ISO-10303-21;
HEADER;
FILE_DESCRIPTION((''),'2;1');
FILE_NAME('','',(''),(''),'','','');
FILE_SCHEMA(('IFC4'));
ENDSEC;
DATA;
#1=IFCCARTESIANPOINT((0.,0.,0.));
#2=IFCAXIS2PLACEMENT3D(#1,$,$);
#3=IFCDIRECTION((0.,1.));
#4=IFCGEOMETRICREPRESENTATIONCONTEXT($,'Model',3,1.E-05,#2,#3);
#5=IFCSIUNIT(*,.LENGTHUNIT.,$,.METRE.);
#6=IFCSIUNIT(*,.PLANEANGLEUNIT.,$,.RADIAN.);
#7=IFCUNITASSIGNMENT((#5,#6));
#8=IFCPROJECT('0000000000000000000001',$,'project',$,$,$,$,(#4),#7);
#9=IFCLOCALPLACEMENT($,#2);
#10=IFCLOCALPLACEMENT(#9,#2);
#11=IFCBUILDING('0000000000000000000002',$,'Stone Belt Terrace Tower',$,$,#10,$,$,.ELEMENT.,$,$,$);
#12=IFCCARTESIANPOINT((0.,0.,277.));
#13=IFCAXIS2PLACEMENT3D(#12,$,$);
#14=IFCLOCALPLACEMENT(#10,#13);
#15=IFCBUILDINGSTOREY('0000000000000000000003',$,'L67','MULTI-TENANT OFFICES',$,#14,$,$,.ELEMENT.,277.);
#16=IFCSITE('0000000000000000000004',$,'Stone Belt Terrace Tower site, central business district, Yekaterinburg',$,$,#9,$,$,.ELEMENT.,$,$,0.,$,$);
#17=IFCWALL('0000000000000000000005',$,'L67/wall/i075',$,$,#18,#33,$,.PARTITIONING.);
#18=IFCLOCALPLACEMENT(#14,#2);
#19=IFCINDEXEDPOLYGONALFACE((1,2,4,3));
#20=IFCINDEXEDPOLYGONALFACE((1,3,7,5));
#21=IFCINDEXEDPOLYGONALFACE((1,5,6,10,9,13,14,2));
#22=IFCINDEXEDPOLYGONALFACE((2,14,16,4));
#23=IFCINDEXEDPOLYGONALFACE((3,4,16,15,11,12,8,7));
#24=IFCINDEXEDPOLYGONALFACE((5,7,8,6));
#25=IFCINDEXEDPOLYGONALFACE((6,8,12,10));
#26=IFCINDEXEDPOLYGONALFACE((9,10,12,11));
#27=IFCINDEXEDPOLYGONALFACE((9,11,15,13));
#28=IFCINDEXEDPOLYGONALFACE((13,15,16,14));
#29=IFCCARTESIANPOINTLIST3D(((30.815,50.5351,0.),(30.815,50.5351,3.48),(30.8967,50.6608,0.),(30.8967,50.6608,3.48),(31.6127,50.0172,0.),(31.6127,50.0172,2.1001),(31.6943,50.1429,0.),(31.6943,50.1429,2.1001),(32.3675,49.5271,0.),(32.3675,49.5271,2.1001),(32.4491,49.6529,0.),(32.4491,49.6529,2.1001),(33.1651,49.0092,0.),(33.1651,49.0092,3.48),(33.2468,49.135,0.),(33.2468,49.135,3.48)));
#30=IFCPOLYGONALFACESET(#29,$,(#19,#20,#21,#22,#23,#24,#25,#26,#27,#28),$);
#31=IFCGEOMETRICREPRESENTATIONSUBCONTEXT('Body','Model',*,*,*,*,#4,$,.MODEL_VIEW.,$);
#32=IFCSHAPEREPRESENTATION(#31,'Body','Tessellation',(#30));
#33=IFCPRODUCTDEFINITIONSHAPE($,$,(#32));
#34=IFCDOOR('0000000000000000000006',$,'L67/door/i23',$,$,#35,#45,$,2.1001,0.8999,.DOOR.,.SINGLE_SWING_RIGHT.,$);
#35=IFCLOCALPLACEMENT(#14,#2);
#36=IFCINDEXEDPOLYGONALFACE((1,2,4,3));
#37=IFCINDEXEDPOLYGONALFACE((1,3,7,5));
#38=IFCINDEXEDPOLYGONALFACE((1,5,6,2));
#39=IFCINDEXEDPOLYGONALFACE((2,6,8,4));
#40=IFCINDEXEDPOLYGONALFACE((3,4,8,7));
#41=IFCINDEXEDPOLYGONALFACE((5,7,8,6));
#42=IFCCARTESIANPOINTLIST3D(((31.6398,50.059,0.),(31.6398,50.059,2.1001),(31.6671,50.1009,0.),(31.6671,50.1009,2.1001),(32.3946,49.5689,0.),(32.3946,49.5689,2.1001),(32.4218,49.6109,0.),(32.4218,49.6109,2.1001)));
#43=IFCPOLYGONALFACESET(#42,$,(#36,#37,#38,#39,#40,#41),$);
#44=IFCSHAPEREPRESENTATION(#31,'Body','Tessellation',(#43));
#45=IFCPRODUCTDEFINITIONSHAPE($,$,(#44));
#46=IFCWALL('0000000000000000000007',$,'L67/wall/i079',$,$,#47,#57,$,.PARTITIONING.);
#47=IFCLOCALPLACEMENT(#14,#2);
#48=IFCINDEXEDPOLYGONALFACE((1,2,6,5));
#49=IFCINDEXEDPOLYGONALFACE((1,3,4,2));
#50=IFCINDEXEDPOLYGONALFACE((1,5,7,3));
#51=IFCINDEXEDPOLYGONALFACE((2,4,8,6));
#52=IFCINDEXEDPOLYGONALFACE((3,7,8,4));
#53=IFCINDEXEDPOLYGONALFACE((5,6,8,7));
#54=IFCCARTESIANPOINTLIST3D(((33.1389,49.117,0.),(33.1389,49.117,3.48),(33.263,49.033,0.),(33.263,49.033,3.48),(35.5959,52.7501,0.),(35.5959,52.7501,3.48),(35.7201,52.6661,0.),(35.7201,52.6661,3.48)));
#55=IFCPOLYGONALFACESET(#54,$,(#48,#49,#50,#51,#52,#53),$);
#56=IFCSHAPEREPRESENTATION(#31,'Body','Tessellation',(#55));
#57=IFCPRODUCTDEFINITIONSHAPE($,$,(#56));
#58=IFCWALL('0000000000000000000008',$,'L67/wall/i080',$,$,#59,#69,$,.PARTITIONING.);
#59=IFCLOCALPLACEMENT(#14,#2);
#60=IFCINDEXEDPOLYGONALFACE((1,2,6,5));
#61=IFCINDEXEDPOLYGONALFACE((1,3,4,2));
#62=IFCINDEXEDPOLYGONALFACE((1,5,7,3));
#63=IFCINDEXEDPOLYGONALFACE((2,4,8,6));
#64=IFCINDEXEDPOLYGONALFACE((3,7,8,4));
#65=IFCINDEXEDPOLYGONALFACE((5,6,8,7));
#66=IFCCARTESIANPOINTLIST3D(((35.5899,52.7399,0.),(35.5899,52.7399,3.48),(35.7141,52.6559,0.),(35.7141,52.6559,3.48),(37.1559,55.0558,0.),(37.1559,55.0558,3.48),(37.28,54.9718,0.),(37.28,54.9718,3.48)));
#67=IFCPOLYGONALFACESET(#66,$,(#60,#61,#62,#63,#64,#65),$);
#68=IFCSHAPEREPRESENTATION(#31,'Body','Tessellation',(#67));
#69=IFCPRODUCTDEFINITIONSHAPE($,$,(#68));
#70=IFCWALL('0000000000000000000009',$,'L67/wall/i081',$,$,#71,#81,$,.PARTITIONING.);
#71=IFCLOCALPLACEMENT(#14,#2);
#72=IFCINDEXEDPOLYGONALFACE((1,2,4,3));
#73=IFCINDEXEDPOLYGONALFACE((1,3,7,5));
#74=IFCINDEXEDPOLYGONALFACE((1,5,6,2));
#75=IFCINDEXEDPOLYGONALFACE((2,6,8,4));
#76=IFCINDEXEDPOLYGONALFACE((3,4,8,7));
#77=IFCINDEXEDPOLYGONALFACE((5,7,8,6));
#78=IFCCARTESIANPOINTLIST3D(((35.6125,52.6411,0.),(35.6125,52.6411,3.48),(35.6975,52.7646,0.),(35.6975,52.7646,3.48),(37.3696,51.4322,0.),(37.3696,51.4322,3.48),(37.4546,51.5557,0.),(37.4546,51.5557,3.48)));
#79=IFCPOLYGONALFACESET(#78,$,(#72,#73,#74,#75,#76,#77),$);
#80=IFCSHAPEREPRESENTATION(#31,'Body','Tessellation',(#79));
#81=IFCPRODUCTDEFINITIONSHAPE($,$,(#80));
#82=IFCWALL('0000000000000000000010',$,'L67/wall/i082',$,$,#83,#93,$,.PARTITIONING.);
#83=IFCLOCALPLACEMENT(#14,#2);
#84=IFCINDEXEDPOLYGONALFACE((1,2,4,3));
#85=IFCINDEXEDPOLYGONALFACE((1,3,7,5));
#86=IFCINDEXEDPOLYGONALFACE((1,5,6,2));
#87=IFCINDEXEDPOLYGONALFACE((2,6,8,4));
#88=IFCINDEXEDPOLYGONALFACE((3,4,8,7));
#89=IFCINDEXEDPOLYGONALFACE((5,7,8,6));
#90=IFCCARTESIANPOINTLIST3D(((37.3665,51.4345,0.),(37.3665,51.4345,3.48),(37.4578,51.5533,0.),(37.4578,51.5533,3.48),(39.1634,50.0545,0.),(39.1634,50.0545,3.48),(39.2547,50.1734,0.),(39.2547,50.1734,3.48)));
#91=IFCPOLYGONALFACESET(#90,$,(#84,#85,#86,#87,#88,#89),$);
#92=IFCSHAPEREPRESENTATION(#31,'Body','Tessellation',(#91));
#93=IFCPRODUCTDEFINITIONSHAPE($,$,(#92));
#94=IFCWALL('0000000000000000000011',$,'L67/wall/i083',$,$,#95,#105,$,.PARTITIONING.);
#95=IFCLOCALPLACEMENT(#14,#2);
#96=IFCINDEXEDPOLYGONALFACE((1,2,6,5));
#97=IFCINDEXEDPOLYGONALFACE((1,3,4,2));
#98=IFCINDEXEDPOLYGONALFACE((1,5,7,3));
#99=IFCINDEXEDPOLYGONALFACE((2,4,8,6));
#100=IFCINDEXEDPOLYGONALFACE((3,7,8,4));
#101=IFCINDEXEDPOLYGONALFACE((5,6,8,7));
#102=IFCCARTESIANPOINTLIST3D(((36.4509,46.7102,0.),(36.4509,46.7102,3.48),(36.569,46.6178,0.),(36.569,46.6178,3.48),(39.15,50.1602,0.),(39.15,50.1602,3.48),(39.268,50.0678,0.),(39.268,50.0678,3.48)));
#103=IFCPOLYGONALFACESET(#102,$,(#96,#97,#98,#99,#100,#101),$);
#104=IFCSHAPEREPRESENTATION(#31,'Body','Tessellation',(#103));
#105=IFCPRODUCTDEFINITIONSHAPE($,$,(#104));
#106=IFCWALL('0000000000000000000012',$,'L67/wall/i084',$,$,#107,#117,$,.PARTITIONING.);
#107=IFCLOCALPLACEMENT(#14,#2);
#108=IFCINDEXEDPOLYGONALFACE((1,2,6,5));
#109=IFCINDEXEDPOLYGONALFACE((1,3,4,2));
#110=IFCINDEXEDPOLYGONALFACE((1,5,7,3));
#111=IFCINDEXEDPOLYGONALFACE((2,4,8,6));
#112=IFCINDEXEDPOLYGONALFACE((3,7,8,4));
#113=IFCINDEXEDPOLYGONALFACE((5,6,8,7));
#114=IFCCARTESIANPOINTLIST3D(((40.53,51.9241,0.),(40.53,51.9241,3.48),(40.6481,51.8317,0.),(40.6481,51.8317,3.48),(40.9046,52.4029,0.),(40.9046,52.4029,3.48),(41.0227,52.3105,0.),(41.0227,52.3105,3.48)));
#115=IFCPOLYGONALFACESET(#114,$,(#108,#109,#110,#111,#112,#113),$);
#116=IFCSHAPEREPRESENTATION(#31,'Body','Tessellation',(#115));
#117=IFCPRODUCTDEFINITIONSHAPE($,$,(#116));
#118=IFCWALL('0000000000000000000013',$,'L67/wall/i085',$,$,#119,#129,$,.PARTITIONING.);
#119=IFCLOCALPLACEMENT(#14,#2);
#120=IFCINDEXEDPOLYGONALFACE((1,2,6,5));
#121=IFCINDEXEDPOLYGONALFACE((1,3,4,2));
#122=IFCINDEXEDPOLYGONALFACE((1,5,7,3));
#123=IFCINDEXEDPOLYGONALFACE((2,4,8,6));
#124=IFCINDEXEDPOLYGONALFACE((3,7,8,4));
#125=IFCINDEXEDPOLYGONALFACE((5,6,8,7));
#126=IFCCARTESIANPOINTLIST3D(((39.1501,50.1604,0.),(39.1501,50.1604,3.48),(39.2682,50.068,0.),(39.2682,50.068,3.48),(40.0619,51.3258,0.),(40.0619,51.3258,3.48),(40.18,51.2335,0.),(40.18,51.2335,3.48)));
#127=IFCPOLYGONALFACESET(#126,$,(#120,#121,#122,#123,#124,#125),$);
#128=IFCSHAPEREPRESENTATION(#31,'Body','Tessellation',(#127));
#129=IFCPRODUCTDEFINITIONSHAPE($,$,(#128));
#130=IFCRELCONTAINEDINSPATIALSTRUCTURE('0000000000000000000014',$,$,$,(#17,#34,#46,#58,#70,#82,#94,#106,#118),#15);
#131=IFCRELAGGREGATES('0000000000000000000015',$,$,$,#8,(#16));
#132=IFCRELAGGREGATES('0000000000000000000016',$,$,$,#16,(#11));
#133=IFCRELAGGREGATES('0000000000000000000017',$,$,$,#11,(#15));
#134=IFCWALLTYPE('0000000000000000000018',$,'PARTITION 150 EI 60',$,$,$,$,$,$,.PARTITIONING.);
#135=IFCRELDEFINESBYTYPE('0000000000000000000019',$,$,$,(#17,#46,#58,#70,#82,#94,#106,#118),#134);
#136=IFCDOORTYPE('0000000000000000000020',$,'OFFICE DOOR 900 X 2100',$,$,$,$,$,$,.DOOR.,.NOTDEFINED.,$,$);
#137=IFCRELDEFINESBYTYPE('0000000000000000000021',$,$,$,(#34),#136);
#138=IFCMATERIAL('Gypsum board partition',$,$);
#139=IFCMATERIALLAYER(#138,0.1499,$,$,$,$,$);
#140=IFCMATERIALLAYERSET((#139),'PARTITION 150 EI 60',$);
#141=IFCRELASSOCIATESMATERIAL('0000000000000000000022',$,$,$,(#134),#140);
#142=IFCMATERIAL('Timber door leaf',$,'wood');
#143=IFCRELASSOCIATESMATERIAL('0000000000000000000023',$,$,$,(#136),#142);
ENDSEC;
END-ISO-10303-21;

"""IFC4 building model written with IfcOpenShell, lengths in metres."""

from ifc_helpers import new_model, si_unit, direction, frame, frame_2d, origin, place, context, subcontext, project, spatial, rectangle, extrude, material, layer, layer_set, type_object, element, fill, save


model = new_model("IFC4")

# Units and contexts
model_context = context("Model", 3, precision=1e-05, world=origin(), true_north=direction((0.0, 1.0)))
body_context = subcontext(model_context, "Body", "Model", "MODEL_VIEW")
ifc_project = project(units=[si_unit("LENGTHUNIT", "METRE"), si_unit("PLANEANGLEUNIT", "RADIAN")], contexts=[model_context])

# Site, building, storey
site_placement = place(None, origin())
site = spatial("IfcSite", under=ifc_project, at=site_placement, Name="Stone Belt Terrace Tower site, central business district, Yekaterinburg", CompositionType="ELEMENT", RefElevation=0.0)
building_placement = place(site_placement, origin())
building = spatial("IfcBuilding", under=site, at=building_placement, Name="Stone Belt Terrace Tower", CompositionType="ELEMENT")
storey_placement = place(building_placement, frame((0.0, 0.0, 277.0)))
storey = spatial("IfcBuildingStorey", under=building, at=storey_placement, Name="L67", Description="MULTI-TENANT OFFICES", CompositionType="ELEMENT", Elevation=277.0)

# Shared definitions
ifc_material_1 = material(Name="Gypsum board partition")
ifc_layer_1 = layer(ifc_material_1, 0.1499)
ifc_layer_set_1 = layer_set([ifc_layer_1], Name="PARTITION 150 EI 60")
wall_type = type_object("IfcWallType", Name="PARTITION 150 EI 60", PredefinedType="PARTITIONING", material=ifc_layer_set_1)

# Wall, opening, door
wall_1_placement = place(storey_placement, frame((30.856, 50.5979, 0.0), z_axis=(0.0, 0.0, 1.0), x_axis=(0.838718, -0.544566, 0.0)))
wall_1 = element("IfcWall", 1, at=wall_1_placement, inside=storey, type_object=wall_type, Name="L67/wall/i075", PredefinedType="PARTITIONING", context=body_context, shape_type="SweptSolid", body=[
    extrude(rectangle(XDim=2.802, YDim=0.1499, at=frame_2d((1.4009, 0.0))), origin(), (0.0, 0.0, 1.0), 3.48),
])
opening_placement = place(wall_1_placement, frame((0.9509, 0.0, 0.0)))
opening = element("IfcOpeningElement", 2, at=opening_placement, cuts=wall_1, PredefinedType="OPENING", context=body_context, shape_type="SweptSolid", body=[
    extrude(rectangle(XDim=0.8999, YDim=2.1001, at=frame_2d((0.45, 1.05))), frame((0.0, 0.085, 0.0), z_axis=(0.0, -1.0, 0.0), x_axis=(1.0, 0.0, 0.0)), (0.0, 0.0, 1.0), 0.1699),
])
ifc_material_2 = material(Name="Timber door leaf", Category="wood")
door_type = type_object("IfcDoorType", Name="OFFICE DOOR 900 X 2100", OperationType="NOTDEFINED", PredefinedType="DOOR", material=ifc_material_2)
door_placement = place(opening_placement, origin())
door = element("IfcDoor", 3, at=door_placement, inside=storey, type_object=door_type, Name="L67/door/i23", OperationType="SINGLE_SWING_RIGHT", OverallHeight=2.1001, OverallWidth=0.8999, PredefinedType="DOOR", context=body_context, shape_type="SweptSolid", body=[
    extrude(rectangle(XDim=0.8999, YDim=2.1001, at=frame_2d((0.45, 1.05))), frame((0.0, 0.0249, 0.0), z_axis=(0.0, -1.0, 0.0), x_axis=(1.0, 0.0, 0.0)), (0.0, 0.0, 1.0), 0.05),
])
fill(opening, door)

# Walls
wall_2_placement = place(storey_placement, frame((35.658, 52.708, 0.0), z_axis=(0.0, 0.0, 1.0), x_axis=(-0.560212, -0.82835, 0.0)))
element("IfcWall", 4, at=wall_2_placement, inside=storey, type_object=wall_type, Name="L67/wall/i079", PredefinedType="PARTITIONING", context=body_context, shape_type="SweptSolid", body=[
    extrude(rectangle(XDim=4.386, YDim=0.1499, at=frame_2d((2.1929, 0.0))), origin(), (0.0, 0.0, 1.0), 3.48),
])
wall_3_placement = place(storey_placement, frame((37.218, 55.0139, 0.0), z_axis=(0.0, 0.0, 1.0), x_axis=(-0.56013, -0.828405, 0.0)))
element("IfcWall", 5, at=wall_3_placement, inside=storey, type_object=wall_type, Name="L67/wall/i080", PredefinedType="PARTITIONING", context=body_context, shape_type="SweptSolid", body=[
    extrude(rectangle(XDim=2.7957, YDim=0.1499, at=frame_2d((1.3979, 0.0))), origin(), (0.0, 0.0, 1.0), 3.48),
])
wall_4_placement = place(storey_placement, frame((35.655, 52.7029, 0.0), z_axis=(0.0, 0.0, 1.0), x_axis=(0.823825, -0.566845, 0.0)))
element("IfcWall", 6, at=wall_4_placement, inside=storey, type_object=wall_type, Name="L67/wall/i081", PredefinedType="PARTITIONING", context=body_context, shape_type="SweptSolid", body=[
    extrude(rectangle(XDim=2.1328, YDim=0.1499, at=frame_2d((1.0664, 0.0))), origin(), (0.0, 0.0, 1.0), 3.48),
])
wall_5_placement = place(storey_placement, frame((37.4121, 51.4939, 0.0), z_axis=(0.0, 0.0, 1.0), x_axis=(0.79312, -0.609065, 0.0)))
element("IfcWall", 7, at=wall_5_placement, inside=storey, type_object=wall_type, Name="L67/wall/i082", PredefinedType="PARTITIONING", context=body_context, shape_type="SweptSolid", body=[
    extrude(rectangle(XDim=2.2656, YDim=0.1499, at=frame_2d((1.1328, 0.0))), origin(), (0.0, 0.0, 1.0), 3.48),
])
wall_6_placement = place(storey_placement, frame((39.209, 50.114, 0.0), z_axis=(0.0, 0.0, 1.0), x_axis=(-0.616168, -0.787614, 0.0)))
element("IfcWall", 8, at=wall_6_placement, inside=storey, type_object=wall_type, Name="L67/wall/i083", PredefinedType="PARTITIONING", context=body_context, shape_type="SweptSolid", body=[
    extrude(rectangle(XDim=4.3804, YDim=0.1499, at=frame_2d((2.1902, 0.0))), origin(), (0.0, 0.0, 1.0), 3.48),
])
wall_7_placement = place(storey_placement, frame((40.9636, 52.3567, 0.0), z_axis=(0.0, 0.0, 1.0), x_axis=(-0.616135, -0.787641, 0.0)))
element("IfcWall", 9, at=wall_7_placement, inside=storey, type_object=wall_type, Name="L67/wall/i084", PredefinedType="PARTITIONING", context=body_context, shape_type="SweptSolid", body=[
    extrude(rectangle(XDim=0.6079, YDim=0.1499, at=frame_2d((0.304, 0.0))), origin(), (0.0, 0.0, 1.0), 3.48),
])
wall_8_placement = place(storey_placement, frame((40.1208, 51.2795, 0.0), z_axis=(0.0, 0.0, 1.0), x_axis=(-0.616188, -0.787599, 0.0)))
element("IfcWall", 10, at=wall_8_placement, inside=storey, type_object=wall_type, Name="L67/wall/i085", PredefinedType="PARTITIONING", context=body_context, shape_type="SweptSolid", body=[
    extrude(rectangle(XDim=1.4797, YDim=0.1499, at=frame_2d((0.7397, 0.0))), origin(), (0.0, 0.0, 1.0), 3.48),
])

save(model, "model.ifc")
